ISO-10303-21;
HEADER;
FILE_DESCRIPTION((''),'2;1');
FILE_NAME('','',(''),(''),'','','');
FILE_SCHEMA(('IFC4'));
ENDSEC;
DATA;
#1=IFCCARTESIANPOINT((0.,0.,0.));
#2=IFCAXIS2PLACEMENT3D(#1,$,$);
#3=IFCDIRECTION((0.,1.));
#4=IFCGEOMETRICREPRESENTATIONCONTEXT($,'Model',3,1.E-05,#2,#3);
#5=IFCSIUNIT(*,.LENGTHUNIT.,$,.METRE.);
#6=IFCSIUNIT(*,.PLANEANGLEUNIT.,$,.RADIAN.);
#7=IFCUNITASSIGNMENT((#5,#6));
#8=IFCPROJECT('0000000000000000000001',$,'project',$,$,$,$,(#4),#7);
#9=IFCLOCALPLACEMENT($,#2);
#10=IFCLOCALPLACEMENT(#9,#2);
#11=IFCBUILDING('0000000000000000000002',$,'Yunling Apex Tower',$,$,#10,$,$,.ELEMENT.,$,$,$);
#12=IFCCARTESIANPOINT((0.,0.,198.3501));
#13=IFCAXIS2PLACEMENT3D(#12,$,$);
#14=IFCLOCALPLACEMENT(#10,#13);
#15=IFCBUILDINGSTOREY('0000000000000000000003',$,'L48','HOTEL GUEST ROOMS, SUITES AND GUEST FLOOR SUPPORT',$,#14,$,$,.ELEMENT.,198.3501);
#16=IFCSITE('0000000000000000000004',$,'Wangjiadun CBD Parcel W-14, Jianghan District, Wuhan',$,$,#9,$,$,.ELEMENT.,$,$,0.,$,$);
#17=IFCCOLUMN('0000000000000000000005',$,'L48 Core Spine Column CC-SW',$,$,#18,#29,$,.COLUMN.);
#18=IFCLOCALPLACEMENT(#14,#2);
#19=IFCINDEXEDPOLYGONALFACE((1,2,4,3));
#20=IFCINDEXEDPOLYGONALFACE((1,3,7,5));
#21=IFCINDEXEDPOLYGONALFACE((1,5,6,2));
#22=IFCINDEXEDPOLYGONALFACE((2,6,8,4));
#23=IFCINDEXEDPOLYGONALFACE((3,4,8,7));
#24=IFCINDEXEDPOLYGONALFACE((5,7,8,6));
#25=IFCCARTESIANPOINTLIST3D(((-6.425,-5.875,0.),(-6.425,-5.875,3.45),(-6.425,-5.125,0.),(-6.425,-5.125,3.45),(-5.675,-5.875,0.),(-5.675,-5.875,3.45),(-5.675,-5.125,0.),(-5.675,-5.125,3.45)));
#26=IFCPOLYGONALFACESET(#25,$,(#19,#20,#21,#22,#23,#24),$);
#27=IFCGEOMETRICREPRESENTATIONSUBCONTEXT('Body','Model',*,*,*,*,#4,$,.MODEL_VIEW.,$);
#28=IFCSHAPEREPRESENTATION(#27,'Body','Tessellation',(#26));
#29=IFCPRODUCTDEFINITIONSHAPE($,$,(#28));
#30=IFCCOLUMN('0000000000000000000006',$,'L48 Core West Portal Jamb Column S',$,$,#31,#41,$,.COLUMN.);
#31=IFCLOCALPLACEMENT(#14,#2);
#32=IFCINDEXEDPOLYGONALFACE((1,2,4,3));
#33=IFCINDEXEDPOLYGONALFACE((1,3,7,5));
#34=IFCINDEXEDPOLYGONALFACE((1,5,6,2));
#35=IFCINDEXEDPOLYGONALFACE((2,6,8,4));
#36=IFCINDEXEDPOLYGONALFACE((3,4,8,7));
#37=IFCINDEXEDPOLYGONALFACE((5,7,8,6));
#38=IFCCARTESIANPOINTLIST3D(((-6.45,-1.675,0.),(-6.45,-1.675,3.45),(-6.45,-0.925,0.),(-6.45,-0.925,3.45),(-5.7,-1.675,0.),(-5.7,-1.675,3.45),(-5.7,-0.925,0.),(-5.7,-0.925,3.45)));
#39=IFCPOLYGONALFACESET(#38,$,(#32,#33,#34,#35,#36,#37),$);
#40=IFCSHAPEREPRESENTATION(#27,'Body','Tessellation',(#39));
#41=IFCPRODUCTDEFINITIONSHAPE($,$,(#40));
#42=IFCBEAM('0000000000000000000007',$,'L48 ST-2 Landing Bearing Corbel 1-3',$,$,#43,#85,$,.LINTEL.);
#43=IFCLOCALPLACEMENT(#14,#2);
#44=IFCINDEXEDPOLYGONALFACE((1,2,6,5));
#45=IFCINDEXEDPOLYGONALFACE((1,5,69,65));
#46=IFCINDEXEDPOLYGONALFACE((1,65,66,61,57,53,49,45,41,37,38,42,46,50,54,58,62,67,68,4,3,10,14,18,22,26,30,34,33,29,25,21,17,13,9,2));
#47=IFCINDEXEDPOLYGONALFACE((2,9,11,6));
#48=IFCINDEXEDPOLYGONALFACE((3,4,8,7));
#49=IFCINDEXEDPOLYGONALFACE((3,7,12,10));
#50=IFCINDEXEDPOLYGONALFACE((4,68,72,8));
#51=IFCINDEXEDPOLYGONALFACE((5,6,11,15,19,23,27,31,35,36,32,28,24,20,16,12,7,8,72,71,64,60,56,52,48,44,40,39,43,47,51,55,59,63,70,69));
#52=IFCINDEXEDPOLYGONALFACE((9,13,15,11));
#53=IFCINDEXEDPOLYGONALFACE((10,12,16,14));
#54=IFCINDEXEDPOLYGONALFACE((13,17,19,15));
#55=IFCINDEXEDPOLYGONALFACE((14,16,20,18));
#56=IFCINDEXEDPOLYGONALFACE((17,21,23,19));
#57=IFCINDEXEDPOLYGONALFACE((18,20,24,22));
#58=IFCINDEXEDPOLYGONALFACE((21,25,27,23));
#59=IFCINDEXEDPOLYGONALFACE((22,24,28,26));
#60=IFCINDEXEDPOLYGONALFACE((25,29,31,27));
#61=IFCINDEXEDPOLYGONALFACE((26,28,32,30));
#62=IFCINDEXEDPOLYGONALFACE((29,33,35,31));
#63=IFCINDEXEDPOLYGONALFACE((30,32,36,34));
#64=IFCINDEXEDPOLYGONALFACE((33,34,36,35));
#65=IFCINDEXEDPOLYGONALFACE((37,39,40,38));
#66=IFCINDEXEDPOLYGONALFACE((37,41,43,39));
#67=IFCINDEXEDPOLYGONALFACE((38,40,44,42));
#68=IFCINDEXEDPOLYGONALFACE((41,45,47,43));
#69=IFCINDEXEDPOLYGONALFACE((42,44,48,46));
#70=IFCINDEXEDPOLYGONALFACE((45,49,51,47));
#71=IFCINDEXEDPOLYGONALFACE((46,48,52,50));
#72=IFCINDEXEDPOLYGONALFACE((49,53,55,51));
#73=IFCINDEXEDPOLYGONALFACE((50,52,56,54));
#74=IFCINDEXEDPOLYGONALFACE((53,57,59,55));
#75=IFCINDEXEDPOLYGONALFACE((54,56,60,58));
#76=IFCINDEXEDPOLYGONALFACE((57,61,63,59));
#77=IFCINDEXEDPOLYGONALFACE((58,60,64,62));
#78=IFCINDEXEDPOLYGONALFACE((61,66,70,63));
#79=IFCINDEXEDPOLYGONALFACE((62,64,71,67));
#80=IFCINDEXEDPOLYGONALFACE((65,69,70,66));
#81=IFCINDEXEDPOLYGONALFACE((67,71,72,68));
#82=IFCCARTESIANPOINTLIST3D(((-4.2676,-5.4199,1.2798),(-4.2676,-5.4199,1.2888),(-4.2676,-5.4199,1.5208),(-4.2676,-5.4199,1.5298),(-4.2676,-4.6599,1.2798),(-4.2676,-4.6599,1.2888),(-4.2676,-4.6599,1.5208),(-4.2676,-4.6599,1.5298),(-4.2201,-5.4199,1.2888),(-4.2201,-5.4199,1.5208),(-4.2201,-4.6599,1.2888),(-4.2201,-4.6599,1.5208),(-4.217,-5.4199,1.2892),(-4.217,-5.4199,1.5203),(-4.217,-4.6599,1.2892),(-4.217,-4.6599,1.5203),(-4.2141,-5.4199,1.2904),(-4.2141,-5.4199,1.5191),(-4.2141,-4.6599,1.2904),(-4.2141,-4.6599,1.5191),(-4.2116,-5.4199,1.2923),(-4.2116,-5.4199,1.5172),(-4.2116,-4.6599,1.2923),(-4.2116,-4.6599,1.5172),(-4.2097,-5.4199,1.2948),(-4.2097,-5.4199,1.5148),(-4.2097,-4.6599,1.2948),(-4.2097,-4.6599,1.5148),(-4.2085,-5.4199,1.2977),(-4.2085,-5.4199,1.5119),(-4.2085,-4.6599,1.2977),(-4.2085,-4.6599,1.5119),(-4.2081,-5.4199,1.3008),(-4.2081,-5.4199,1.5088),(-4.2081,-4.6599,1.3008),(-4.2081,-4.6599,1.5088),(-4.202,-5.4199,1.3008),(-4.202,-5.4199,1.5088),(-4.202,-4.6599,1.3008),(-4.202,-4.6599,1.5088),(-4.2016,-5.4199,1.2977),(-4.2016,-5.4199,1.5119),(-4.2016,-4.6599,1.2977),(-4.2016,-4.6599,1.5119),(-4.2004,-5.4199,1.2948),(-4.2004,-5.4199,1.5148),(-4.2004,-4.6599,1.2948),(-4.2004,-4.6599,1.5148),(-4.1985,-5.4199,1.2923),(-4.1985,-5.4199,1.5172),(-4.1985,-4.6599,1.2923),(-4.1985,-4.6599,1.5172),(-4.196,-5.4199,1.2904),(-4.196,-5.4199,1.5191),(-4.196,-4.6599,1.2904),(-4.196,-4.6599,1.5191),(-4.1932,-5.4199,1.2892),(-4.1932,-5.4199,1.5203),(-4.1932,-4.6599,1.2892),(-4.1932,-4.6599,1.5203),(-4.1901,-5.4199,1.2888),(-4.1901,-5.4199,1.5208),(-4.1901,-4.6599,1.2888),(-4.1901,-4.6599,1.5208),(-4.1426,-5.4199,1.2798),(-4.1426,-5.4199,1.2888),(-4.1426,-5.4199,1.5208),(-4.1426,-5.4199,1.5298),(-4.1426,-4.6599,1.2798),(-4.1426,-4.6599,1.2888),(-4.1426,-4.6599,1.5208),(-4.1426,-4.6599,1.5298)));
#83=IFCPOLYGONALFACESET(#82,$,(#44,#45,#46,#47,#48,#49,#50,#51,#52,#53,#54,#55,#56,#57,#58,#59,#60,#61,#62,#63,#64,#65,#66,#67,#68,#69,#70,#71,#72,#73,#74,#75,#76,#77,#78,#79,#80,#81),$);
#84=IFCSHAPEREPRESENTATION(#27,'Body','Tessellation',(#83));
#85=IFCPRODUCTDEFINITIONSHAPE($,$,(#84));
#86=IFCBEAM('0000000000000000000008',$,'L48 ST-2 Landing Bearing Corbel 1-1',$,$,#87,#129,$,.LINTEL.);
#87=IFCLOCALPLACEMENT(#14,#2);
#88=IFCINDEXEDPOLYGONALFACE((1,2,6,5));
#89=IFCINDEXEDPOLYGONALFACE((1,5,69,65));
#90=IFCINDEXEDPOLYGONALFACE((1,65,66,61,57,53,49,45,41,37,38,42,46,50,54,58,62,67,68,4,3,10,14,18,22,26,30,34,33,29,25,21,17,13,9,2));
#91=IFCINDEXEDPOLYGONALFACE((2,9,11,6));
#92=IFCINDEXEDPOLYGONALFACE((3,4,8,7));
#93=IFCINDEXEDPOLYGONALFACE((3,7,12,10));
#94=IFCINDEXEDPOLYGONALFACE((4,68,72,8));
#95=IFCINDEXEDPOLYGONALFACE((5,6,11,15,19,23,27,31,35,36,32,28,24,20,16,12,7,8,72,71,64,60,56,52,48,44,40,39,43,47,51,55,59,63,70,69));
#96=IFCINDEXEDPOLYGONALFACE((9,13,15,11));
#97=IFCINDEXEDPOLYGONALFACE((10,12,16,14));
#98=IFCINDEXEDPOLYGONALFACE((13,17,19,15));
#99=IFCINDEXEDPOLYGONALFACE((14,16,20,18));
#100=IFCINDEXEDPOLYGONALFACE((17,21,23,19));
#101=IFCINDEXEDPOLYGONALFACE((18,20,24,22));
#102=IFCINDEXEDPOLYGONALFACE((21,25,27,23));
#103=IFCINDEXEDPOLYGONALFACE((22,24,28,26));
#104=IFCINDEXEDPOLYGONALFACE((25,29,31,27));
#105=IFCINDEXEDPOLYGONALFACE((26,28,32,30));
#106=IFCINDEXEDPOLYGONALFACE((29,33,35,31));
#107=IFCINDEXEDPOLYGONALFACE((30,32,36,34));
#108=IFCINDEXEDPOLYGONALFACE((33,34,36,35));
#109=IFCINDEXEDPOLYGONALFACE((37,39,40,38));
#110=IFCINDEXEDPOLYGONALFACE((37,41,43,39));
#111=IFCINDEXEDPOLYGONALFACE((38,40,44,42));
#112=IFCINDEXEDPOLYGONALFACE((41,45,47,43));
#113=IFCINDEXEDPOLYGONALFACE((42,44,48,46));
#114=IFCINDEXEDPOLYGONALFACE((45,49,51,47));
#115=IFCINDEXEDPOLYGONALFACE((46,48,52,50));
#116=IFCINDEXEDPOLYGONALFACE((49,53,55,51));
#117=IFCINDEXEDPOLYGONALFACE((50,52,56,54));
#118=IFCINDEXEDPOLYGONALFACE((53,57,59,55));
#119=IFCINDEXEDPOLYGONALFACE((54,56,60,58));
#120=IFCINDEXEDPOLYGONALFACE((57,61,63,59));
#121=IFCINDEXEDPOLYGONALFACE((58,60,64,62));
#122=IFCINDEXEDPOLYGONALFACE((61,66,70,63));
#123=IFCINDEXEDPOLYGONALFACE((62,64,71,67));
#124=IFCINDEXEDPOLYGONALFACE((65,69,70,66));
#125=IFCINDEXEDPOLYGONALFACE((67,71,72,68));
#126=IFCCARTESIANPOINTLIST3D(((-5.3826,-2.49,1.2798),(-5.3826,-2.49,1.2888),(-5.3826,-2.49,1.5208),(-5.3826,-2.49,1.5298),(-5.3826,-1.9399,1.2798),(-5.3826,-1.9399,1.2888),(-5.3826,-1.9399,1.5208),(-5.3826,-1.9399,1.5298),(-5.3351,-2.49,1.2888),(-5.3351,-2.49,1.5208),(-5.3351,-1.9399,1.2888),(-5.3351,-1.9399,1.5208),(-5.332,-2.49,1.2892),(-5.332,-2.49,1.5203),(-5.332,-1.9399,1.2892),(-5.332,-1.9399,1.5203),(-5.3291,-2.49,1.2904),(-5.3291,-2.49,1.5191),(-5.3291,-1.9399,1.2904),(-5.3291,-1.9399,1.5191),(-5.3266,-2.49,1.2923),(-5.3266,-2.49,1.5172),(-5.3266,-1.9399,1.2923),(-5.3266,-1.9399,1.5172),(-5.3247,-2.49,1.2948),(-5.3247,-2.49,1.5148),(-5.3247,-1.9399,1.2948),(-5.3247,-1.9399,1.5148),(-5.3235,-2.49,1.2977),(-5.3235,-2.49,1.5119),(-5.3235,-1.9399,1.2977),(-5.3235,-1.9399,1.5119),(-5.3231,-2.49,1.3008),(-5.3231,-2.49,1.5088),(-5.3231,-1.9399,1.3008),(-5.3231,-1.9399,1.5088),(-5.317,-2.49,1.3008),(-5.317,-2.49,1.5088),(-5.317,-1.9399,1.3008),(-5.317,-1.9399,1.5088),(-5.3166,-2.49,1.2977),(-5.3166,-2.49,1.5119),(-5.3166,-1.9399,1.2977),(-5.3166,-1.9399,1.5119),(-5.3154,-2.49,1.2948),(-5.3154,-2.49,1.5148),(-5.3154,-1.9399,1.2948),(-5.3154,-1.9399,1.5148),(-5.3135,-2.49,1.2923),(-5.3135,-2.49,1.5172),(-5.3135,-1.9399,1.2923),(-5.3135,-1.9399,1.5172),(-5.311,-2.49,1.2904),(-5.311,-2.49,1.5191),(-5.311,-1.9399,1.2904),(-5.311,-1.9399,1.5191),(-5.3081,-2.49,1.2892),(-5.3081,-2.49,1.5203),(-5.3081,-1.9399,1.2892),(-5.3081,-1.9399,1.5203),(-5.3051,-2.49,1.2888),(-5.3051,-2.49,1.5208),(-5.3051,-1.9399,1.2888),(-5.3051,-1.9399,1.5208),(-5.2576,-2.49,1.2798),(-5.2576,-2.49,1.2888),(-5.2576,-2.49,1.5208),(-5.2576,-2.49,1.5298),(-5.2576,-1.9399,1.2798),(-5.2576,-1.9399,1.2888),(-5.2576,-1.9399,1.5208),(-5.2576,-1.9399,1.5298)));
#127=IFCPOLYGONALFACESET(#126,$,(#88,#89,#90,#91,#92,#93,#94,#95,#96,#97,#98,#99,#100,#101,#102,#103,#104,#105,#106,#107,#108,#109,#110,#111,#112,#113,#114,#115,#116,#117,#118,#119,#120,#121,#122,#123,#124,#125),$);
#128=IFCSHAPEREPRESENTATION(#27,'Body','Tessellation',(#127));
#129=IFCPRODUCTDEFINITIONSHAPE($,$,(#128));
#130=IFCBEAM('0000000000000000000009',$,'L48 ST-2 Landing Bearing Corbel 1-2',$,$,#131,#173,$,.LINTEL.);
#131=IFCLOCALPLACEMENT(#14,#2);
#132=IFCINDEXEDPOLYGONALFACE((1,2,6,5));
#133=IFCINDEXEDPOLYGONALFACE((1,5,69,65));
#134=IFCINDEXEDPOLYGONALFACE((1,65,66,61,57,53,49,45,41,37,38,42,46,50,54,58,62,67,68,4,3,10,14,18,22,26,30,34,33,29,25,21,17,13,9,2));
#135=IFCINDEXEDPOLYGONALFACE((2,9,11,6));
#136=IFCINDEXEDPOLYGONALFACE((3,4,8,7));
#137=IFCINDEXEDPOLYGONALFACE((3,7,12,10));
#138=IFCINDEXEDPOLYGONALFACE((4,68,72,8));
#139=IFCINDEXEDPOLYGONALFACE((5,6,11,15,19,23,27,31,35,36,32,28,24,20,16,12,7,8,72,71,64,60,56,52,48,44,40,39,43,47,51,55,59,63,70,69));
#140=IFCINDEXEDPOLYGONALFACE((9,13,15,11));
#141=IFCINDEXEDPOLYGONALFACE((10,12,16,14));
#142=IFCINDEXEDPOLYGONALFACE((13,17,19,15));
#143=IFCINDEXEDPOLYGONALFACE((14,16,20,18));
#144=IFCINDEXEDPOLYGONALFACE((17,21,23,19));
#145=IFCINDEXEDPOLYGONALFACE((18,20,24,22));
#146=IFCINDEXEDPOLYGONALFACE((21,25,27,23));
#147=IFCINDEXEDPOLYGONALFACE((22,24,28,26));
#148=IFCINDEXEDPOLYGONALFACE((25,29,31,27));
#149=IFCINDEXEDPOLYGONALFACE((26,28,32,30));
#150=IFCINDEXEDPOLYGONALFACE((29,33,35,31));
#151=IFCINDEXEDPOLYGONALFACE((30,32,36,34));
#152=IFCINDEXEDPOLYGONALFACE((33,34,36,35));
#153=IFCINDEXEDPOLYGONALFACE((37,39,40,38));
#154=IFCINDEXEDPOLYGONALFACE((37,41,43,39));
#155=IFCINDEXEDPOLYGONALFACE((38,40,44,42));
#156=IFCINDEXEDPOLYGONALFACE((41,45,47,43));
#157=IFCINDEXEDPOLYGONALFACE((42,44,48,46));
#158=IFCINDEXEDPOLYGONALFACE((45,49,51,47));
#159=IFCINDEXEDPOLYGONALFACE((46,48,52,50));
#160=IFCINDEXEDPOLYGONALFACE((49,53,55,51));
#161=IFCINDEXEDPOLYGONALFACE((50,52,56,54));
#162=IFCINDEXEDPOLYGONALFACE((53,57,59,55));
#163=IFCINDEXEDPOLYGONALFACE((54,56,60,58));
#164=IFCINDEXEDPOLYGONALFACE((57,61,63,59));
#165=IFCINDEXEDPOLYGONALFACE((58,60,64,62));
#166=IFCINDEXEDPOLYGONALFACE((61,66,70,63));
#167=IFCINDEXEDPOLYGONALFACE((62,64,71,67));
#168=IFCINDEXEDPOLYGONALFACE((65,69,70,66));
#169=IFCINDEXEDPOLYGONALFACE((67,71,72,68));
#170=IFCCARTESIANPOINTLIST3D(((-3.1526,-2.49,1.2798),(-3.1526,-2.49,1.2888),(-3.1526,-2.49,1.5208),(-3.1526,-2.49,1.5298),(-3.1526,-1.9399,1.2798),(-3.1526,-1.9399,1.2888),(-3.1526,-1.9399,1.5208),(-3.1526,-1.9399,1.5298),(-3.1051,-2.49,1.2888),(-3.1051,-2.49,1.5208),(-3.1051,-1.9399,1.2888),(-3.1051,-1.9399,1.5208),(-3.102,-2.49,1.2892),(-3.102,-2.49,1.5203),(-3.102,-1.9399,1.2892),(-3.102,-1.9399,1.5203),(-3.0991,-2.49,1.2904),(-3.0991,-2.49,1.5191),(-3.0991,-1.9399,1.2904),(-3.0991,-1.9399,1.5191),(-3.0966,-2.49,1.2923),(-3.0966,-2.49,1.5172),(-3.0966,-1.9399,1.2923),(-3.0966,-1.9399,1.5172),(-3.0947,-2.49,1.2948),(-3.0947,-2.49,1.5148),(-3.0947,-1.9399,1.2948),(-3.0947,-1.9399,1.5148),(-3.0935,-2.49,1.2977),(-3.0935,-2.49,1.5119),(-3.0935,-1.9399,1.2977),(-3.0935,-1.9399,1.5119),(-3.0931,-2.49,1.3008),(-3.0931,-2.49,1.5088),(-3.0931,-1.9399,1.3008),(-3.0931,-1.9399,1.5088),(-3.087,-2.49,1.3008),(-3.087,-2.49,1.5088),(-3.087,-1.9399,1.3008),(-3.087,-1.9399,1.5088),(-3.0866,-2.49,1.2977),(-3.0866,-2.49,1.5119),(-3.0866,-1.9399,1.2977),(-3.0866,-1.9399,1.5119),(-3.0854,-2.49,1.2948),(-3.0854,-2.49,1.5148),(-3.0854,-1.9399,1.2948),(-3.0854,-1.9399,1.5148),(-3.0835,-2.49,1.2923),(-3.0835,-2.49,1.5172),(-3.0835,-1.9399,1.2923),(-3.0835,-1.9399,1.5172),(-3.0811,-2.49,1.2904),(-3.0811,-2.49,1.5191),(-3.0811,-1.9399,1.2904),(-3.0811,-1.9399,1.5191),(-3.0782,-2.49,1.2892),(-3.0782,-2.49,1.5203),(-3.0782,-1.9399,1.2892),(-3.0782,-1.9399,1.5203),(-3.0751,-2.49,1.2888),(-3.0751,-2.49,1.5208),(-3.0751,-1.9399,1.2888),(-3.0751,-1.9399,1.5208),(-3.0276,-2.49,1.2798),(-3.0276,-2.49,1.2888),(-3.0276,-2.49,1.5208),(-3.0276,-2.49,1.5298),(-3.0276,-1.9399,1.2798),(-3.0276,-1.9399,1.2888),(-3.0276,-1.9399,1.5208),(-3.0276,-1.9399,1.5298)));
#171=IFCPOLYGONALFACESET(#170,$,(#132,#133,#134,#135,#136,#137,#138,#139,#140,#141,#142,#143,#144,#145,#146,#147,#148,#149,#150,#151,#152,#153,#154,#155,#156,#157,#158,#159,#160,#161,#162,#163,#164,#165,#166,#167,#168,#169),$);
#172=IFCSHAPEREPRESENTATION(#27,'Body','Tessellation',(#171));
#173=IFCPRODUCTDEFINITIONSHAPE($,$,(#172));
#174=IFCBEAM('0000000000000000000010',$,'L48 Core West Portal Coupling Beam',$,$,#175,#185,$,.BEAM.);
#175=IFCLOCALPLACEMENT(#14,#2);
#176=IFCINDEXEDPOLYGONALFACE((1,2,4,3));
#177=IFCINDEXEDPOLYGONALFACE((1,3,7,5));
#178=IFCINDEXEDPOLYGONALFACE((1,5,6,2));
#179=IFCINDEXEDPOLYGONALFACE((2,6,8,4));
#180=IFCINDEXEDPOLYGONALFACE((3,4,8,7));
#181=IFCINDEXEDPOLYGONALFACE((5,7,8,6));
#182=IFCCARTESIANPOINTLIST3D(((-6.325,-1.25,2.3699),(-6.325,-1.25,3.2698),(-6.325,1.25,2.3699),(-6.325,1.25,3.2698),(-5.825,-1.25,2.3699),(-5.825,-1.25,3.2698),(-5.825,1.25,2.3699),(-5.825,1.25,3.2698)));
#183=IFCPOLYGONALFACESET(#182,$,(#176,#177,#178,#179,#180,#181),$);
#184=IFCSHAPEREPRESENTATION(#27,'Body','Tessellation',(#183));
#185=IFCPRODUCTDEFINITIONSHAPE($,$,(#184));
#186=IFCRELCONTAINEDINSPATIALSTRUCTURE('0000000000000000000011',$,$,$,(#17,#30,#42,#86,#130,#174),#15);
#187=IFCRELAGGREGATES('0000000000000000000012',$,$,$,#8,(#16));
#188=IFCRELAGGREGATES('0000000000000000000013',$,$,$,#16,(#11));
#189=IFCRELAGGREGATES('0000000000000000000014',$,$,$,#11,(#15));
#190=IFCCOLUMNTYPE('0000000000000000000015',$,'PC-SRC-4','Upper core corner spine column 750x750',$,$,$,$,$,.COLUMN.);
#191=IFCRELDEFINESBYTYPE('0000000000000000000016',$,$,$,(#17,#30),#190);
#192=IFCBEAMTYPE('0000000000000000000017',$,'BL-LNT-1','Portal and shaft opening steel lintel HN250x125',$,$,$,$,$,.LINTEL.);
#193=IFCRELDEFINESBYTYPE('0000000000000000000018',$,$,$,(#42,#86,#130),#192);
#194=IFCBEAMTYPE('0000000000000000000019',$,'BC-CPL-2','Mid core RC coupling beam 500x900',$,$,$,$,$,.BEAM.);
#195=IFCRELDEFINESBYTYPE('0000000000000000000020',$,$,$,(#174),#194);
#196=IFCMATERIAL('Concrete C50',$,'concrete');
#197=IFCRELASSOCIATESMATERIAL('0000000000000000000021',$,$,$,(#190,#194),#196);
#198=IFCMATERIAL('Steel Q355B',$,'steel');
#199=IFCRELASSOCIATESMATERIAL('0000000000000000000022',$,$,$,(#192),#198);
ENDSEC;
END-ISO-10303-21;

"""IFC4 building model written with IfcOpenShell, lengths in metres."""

from ifc_helpers import new_model, si_unit, direction, frame, origin, origin_2d, place, context, subcontext, project, spatial, rectangle, i_section, extrude, source, transform, mapped, material, material_profile, profile_set, type_object, element, save


model = new_model("IFC4")

# Units and contexts
model_context = context("Model", 3, precision=1e-05, world=origin(), true_north=direction((0.0, 1.0)))
body_context = subcontext(model_context, "Body", "Model", "MODEL_VIEW")
ifc_project = project(units=[si_unit("LENGTHUNIT", "METRE"), si_unit("PLANEANGLEUNIT", "RADIAN")], contexts=[model_context])

# Site, building, storey
site_placement = place(None, origin())
site = spatial("IfcSite", under=ifc_project, at=site_placement, Name="Wangjiadun CBD Parcel W-14, Jianghan District, Wuhan", CompositionType="ELEMENT", RefElevation=0.0)
building_placement = place(site_placement, origin())
building = spatial("IfcBuilding", under=site, at=building_placement, Name="Yunling Apex Tower", CompositionType="ELEMENT")
storey_placement = place(building_placement, frame((0.0, 0.0, 198.3501)))
storey = spatial("IfcBuildingStorey", under=building, at=storey_placement, Name="L48", Description="HOTEL GUEST ROOMS, SUITES AND GUEST FLOOR SUPPORT", CompositionType="ELEMENT", Elevation=198.3501)

# Columns
ifc_material_1 = material(Name="Concrete C50", Category="concrete")
ifc_material_profile_1 = material_profile(ifc_material_1, rectangle(XDim=0.75, YDim=0.75, at=origin_2d()))
ifc_profile_set_1 = profile_set([ifc_material_profile_1], Name="Concrete C50")
column_type = type_object("IfcColumnType", Name="PC-SRC-4", Description="Upper core corner spine column 750x750", PredefinedType="COLUMN", material=ifc_profile_set_1)
shared_shape_1 = source(origin(), body_context, "Body", "SweptSolid", [
    extrude(rectangle(XDim=0.75, YDim=0.75, at=origin_2d()), origin(), (0.0, 0.0, 1.0), 3.45),
])
for number, where, z_axis, x_axis, name in (
    (1, (-6.05, -5.5, 0.0), (0.0, 0.0, 1.0), (1.0, 0.0, 0.0), "L48 Core Spine Column CC-SW"),
    (2, (-6.075, -1.3, 0.0), (0.0, 0.0, 1.0), (1.0, 0.0, 0.0), "L48 Core West Portal Jamb Column S"),
):
    element("IfcColumn", number, at=place(storey_placement, frame(where, z_axis=z_axis, x_axis=x_axis)), inside=storey, type_object=column_type, Name=name, PredefinedType="COLUMN", context=body_context, shape_type="MappedRepresentation", body=[
        mapped(shared_shape_1, transform((0.0, 0.0, 0.0), scale=1.0)),
    ])

# Beams
ifc_material_2 = material(Name="Steel Q355B", Category="steel")
ifc_material_profile_2 = material_profile(ifc_material_2, i_section(OverallWidth=0.125, OverallDepth=0.25, WebThickness=0.0061, FlangeThickness=0.009, FilletRadius=0.012, at=origin_2d()))
ifc_profile_set_2 = profile_set([ifc_material_profile_2], Name="Steel Q355B")
beam_type_1 = type_object("IfcBeamType", Name="BL-LNT-1", Description="Portal and shaft opening steel lintel HN250x125", PredefinedType="LINTEL", material=ifc_profile_set_2)
shared_shape_2 = source(origin(), body_context, "Body", "SweptSolid", [
    extrude(i_section(OverallWidth=0.125, OverallDepth=0.25, WebThickness=0.0061, FlangeThickness=0.009, FilletRadius=0.012, at=origin_2d()), origin(), (0.0, 0.0, 1.0), 0.76),
])
beam_1_placement = place(storey_placement, frame((-4.2051, -5.4199, 1.4048), z_axis=(0.0, 1.0, 0.0), x_axis=(-1.0, 0.0, 0.0)))
element("IfcBeam", 3, at=beam_1_placement, inside=storey, type_object=beam_type_1, Name="L48 ST-2 Landing Bearing Corbel 1-3", PredefinedType="LINTEL", context=body_context, shape_type="MappedRepresentation", body=[
    mapped(shared_shape_2, transform((0.0, 0.0, 0.0), scale=1.0)),
])
shared_shape_3 = source(origin(), body_context, "Body", "SweptSolid", [
    extrude(i_section(OverallWidth=0.125, OverallDepth=0.25, WebThickness=0.0061, FlangeThickness=0.009, FilletRadius=0.012, at=origin_2d()), origin(), (0.0, 0.0, 1.0), 0.55),
])
for number, where, z_axis, x_axis, name in (
    (4, (-5.3201, -1.9399, 1.4048), (0.0, -1.0, 0.0), (1.0, 0.0, 0.0), "L48 ST-2 Landing Bearing Corbel 1-1"),
    (5, (-3.0901, -1.9399, 1.4048), (0.0, -1.0, 0.0), (1.0, 0.0, 0.0), "L48 ST-2 Landing Bearing Corbel 1-2"),
):
    element("IfcBeam", number, at=place(storey_placement, frame(where, z_axis=z_axis, x_axis=x_axis)), inside=storey, type_object=beam_type_1, Name=name, PredefinedType="LINTEL", context=body_context, shape_type="MappedRepresentation", body=[
        mapped(shared_shape_3, transform((0.0, 0.0, 0.0), scale=1.0)),
    ])
ifc_material_profile_3 = material_profile(ifc_material_1, rectangle(XDim=0.5, YDim=0.8999, at=origin_2d()))
ifc_profile_set_3 = profile_set([ifc_material_profile_3], Name="Concrete C50")
beam_type_2 = type_object("IfcBeamType", Name="BC-CPL-2", Description="Mid core RC coupling beam 500x900", PredefinedType="BEAM", material=ifc_profile_set_3)
shared_shape_4 = source(origin(), body_context, "Body", "SweptSolid", [
    extrude(rectangle(XDim=0.5, YDim=0.8999, at=origin_2d()), origin(), (0.0, 0.0, 1.0), 2.5),
])
beam_2_placement = place(storey_placement, frame((-6.075, -1.25, 2.8198), z_axis=(0.0, 1.0, 0.0), x_axis=(-1.0, 0.0, 0.0)))
element("IfcBeam", 6, at=beam_2_placement, inside=storey, type_object=beam_type_2, Name="L48 Core West Portal Coupling Beam", PredefinedType="BEAM", context=body_context, shape_type="MappedRepresentation", body=[
    mapped(shared_shape_4, transform((0.0, 0.0, 0.0), scale=1.0)),
])

save(model, "model.ifc")
